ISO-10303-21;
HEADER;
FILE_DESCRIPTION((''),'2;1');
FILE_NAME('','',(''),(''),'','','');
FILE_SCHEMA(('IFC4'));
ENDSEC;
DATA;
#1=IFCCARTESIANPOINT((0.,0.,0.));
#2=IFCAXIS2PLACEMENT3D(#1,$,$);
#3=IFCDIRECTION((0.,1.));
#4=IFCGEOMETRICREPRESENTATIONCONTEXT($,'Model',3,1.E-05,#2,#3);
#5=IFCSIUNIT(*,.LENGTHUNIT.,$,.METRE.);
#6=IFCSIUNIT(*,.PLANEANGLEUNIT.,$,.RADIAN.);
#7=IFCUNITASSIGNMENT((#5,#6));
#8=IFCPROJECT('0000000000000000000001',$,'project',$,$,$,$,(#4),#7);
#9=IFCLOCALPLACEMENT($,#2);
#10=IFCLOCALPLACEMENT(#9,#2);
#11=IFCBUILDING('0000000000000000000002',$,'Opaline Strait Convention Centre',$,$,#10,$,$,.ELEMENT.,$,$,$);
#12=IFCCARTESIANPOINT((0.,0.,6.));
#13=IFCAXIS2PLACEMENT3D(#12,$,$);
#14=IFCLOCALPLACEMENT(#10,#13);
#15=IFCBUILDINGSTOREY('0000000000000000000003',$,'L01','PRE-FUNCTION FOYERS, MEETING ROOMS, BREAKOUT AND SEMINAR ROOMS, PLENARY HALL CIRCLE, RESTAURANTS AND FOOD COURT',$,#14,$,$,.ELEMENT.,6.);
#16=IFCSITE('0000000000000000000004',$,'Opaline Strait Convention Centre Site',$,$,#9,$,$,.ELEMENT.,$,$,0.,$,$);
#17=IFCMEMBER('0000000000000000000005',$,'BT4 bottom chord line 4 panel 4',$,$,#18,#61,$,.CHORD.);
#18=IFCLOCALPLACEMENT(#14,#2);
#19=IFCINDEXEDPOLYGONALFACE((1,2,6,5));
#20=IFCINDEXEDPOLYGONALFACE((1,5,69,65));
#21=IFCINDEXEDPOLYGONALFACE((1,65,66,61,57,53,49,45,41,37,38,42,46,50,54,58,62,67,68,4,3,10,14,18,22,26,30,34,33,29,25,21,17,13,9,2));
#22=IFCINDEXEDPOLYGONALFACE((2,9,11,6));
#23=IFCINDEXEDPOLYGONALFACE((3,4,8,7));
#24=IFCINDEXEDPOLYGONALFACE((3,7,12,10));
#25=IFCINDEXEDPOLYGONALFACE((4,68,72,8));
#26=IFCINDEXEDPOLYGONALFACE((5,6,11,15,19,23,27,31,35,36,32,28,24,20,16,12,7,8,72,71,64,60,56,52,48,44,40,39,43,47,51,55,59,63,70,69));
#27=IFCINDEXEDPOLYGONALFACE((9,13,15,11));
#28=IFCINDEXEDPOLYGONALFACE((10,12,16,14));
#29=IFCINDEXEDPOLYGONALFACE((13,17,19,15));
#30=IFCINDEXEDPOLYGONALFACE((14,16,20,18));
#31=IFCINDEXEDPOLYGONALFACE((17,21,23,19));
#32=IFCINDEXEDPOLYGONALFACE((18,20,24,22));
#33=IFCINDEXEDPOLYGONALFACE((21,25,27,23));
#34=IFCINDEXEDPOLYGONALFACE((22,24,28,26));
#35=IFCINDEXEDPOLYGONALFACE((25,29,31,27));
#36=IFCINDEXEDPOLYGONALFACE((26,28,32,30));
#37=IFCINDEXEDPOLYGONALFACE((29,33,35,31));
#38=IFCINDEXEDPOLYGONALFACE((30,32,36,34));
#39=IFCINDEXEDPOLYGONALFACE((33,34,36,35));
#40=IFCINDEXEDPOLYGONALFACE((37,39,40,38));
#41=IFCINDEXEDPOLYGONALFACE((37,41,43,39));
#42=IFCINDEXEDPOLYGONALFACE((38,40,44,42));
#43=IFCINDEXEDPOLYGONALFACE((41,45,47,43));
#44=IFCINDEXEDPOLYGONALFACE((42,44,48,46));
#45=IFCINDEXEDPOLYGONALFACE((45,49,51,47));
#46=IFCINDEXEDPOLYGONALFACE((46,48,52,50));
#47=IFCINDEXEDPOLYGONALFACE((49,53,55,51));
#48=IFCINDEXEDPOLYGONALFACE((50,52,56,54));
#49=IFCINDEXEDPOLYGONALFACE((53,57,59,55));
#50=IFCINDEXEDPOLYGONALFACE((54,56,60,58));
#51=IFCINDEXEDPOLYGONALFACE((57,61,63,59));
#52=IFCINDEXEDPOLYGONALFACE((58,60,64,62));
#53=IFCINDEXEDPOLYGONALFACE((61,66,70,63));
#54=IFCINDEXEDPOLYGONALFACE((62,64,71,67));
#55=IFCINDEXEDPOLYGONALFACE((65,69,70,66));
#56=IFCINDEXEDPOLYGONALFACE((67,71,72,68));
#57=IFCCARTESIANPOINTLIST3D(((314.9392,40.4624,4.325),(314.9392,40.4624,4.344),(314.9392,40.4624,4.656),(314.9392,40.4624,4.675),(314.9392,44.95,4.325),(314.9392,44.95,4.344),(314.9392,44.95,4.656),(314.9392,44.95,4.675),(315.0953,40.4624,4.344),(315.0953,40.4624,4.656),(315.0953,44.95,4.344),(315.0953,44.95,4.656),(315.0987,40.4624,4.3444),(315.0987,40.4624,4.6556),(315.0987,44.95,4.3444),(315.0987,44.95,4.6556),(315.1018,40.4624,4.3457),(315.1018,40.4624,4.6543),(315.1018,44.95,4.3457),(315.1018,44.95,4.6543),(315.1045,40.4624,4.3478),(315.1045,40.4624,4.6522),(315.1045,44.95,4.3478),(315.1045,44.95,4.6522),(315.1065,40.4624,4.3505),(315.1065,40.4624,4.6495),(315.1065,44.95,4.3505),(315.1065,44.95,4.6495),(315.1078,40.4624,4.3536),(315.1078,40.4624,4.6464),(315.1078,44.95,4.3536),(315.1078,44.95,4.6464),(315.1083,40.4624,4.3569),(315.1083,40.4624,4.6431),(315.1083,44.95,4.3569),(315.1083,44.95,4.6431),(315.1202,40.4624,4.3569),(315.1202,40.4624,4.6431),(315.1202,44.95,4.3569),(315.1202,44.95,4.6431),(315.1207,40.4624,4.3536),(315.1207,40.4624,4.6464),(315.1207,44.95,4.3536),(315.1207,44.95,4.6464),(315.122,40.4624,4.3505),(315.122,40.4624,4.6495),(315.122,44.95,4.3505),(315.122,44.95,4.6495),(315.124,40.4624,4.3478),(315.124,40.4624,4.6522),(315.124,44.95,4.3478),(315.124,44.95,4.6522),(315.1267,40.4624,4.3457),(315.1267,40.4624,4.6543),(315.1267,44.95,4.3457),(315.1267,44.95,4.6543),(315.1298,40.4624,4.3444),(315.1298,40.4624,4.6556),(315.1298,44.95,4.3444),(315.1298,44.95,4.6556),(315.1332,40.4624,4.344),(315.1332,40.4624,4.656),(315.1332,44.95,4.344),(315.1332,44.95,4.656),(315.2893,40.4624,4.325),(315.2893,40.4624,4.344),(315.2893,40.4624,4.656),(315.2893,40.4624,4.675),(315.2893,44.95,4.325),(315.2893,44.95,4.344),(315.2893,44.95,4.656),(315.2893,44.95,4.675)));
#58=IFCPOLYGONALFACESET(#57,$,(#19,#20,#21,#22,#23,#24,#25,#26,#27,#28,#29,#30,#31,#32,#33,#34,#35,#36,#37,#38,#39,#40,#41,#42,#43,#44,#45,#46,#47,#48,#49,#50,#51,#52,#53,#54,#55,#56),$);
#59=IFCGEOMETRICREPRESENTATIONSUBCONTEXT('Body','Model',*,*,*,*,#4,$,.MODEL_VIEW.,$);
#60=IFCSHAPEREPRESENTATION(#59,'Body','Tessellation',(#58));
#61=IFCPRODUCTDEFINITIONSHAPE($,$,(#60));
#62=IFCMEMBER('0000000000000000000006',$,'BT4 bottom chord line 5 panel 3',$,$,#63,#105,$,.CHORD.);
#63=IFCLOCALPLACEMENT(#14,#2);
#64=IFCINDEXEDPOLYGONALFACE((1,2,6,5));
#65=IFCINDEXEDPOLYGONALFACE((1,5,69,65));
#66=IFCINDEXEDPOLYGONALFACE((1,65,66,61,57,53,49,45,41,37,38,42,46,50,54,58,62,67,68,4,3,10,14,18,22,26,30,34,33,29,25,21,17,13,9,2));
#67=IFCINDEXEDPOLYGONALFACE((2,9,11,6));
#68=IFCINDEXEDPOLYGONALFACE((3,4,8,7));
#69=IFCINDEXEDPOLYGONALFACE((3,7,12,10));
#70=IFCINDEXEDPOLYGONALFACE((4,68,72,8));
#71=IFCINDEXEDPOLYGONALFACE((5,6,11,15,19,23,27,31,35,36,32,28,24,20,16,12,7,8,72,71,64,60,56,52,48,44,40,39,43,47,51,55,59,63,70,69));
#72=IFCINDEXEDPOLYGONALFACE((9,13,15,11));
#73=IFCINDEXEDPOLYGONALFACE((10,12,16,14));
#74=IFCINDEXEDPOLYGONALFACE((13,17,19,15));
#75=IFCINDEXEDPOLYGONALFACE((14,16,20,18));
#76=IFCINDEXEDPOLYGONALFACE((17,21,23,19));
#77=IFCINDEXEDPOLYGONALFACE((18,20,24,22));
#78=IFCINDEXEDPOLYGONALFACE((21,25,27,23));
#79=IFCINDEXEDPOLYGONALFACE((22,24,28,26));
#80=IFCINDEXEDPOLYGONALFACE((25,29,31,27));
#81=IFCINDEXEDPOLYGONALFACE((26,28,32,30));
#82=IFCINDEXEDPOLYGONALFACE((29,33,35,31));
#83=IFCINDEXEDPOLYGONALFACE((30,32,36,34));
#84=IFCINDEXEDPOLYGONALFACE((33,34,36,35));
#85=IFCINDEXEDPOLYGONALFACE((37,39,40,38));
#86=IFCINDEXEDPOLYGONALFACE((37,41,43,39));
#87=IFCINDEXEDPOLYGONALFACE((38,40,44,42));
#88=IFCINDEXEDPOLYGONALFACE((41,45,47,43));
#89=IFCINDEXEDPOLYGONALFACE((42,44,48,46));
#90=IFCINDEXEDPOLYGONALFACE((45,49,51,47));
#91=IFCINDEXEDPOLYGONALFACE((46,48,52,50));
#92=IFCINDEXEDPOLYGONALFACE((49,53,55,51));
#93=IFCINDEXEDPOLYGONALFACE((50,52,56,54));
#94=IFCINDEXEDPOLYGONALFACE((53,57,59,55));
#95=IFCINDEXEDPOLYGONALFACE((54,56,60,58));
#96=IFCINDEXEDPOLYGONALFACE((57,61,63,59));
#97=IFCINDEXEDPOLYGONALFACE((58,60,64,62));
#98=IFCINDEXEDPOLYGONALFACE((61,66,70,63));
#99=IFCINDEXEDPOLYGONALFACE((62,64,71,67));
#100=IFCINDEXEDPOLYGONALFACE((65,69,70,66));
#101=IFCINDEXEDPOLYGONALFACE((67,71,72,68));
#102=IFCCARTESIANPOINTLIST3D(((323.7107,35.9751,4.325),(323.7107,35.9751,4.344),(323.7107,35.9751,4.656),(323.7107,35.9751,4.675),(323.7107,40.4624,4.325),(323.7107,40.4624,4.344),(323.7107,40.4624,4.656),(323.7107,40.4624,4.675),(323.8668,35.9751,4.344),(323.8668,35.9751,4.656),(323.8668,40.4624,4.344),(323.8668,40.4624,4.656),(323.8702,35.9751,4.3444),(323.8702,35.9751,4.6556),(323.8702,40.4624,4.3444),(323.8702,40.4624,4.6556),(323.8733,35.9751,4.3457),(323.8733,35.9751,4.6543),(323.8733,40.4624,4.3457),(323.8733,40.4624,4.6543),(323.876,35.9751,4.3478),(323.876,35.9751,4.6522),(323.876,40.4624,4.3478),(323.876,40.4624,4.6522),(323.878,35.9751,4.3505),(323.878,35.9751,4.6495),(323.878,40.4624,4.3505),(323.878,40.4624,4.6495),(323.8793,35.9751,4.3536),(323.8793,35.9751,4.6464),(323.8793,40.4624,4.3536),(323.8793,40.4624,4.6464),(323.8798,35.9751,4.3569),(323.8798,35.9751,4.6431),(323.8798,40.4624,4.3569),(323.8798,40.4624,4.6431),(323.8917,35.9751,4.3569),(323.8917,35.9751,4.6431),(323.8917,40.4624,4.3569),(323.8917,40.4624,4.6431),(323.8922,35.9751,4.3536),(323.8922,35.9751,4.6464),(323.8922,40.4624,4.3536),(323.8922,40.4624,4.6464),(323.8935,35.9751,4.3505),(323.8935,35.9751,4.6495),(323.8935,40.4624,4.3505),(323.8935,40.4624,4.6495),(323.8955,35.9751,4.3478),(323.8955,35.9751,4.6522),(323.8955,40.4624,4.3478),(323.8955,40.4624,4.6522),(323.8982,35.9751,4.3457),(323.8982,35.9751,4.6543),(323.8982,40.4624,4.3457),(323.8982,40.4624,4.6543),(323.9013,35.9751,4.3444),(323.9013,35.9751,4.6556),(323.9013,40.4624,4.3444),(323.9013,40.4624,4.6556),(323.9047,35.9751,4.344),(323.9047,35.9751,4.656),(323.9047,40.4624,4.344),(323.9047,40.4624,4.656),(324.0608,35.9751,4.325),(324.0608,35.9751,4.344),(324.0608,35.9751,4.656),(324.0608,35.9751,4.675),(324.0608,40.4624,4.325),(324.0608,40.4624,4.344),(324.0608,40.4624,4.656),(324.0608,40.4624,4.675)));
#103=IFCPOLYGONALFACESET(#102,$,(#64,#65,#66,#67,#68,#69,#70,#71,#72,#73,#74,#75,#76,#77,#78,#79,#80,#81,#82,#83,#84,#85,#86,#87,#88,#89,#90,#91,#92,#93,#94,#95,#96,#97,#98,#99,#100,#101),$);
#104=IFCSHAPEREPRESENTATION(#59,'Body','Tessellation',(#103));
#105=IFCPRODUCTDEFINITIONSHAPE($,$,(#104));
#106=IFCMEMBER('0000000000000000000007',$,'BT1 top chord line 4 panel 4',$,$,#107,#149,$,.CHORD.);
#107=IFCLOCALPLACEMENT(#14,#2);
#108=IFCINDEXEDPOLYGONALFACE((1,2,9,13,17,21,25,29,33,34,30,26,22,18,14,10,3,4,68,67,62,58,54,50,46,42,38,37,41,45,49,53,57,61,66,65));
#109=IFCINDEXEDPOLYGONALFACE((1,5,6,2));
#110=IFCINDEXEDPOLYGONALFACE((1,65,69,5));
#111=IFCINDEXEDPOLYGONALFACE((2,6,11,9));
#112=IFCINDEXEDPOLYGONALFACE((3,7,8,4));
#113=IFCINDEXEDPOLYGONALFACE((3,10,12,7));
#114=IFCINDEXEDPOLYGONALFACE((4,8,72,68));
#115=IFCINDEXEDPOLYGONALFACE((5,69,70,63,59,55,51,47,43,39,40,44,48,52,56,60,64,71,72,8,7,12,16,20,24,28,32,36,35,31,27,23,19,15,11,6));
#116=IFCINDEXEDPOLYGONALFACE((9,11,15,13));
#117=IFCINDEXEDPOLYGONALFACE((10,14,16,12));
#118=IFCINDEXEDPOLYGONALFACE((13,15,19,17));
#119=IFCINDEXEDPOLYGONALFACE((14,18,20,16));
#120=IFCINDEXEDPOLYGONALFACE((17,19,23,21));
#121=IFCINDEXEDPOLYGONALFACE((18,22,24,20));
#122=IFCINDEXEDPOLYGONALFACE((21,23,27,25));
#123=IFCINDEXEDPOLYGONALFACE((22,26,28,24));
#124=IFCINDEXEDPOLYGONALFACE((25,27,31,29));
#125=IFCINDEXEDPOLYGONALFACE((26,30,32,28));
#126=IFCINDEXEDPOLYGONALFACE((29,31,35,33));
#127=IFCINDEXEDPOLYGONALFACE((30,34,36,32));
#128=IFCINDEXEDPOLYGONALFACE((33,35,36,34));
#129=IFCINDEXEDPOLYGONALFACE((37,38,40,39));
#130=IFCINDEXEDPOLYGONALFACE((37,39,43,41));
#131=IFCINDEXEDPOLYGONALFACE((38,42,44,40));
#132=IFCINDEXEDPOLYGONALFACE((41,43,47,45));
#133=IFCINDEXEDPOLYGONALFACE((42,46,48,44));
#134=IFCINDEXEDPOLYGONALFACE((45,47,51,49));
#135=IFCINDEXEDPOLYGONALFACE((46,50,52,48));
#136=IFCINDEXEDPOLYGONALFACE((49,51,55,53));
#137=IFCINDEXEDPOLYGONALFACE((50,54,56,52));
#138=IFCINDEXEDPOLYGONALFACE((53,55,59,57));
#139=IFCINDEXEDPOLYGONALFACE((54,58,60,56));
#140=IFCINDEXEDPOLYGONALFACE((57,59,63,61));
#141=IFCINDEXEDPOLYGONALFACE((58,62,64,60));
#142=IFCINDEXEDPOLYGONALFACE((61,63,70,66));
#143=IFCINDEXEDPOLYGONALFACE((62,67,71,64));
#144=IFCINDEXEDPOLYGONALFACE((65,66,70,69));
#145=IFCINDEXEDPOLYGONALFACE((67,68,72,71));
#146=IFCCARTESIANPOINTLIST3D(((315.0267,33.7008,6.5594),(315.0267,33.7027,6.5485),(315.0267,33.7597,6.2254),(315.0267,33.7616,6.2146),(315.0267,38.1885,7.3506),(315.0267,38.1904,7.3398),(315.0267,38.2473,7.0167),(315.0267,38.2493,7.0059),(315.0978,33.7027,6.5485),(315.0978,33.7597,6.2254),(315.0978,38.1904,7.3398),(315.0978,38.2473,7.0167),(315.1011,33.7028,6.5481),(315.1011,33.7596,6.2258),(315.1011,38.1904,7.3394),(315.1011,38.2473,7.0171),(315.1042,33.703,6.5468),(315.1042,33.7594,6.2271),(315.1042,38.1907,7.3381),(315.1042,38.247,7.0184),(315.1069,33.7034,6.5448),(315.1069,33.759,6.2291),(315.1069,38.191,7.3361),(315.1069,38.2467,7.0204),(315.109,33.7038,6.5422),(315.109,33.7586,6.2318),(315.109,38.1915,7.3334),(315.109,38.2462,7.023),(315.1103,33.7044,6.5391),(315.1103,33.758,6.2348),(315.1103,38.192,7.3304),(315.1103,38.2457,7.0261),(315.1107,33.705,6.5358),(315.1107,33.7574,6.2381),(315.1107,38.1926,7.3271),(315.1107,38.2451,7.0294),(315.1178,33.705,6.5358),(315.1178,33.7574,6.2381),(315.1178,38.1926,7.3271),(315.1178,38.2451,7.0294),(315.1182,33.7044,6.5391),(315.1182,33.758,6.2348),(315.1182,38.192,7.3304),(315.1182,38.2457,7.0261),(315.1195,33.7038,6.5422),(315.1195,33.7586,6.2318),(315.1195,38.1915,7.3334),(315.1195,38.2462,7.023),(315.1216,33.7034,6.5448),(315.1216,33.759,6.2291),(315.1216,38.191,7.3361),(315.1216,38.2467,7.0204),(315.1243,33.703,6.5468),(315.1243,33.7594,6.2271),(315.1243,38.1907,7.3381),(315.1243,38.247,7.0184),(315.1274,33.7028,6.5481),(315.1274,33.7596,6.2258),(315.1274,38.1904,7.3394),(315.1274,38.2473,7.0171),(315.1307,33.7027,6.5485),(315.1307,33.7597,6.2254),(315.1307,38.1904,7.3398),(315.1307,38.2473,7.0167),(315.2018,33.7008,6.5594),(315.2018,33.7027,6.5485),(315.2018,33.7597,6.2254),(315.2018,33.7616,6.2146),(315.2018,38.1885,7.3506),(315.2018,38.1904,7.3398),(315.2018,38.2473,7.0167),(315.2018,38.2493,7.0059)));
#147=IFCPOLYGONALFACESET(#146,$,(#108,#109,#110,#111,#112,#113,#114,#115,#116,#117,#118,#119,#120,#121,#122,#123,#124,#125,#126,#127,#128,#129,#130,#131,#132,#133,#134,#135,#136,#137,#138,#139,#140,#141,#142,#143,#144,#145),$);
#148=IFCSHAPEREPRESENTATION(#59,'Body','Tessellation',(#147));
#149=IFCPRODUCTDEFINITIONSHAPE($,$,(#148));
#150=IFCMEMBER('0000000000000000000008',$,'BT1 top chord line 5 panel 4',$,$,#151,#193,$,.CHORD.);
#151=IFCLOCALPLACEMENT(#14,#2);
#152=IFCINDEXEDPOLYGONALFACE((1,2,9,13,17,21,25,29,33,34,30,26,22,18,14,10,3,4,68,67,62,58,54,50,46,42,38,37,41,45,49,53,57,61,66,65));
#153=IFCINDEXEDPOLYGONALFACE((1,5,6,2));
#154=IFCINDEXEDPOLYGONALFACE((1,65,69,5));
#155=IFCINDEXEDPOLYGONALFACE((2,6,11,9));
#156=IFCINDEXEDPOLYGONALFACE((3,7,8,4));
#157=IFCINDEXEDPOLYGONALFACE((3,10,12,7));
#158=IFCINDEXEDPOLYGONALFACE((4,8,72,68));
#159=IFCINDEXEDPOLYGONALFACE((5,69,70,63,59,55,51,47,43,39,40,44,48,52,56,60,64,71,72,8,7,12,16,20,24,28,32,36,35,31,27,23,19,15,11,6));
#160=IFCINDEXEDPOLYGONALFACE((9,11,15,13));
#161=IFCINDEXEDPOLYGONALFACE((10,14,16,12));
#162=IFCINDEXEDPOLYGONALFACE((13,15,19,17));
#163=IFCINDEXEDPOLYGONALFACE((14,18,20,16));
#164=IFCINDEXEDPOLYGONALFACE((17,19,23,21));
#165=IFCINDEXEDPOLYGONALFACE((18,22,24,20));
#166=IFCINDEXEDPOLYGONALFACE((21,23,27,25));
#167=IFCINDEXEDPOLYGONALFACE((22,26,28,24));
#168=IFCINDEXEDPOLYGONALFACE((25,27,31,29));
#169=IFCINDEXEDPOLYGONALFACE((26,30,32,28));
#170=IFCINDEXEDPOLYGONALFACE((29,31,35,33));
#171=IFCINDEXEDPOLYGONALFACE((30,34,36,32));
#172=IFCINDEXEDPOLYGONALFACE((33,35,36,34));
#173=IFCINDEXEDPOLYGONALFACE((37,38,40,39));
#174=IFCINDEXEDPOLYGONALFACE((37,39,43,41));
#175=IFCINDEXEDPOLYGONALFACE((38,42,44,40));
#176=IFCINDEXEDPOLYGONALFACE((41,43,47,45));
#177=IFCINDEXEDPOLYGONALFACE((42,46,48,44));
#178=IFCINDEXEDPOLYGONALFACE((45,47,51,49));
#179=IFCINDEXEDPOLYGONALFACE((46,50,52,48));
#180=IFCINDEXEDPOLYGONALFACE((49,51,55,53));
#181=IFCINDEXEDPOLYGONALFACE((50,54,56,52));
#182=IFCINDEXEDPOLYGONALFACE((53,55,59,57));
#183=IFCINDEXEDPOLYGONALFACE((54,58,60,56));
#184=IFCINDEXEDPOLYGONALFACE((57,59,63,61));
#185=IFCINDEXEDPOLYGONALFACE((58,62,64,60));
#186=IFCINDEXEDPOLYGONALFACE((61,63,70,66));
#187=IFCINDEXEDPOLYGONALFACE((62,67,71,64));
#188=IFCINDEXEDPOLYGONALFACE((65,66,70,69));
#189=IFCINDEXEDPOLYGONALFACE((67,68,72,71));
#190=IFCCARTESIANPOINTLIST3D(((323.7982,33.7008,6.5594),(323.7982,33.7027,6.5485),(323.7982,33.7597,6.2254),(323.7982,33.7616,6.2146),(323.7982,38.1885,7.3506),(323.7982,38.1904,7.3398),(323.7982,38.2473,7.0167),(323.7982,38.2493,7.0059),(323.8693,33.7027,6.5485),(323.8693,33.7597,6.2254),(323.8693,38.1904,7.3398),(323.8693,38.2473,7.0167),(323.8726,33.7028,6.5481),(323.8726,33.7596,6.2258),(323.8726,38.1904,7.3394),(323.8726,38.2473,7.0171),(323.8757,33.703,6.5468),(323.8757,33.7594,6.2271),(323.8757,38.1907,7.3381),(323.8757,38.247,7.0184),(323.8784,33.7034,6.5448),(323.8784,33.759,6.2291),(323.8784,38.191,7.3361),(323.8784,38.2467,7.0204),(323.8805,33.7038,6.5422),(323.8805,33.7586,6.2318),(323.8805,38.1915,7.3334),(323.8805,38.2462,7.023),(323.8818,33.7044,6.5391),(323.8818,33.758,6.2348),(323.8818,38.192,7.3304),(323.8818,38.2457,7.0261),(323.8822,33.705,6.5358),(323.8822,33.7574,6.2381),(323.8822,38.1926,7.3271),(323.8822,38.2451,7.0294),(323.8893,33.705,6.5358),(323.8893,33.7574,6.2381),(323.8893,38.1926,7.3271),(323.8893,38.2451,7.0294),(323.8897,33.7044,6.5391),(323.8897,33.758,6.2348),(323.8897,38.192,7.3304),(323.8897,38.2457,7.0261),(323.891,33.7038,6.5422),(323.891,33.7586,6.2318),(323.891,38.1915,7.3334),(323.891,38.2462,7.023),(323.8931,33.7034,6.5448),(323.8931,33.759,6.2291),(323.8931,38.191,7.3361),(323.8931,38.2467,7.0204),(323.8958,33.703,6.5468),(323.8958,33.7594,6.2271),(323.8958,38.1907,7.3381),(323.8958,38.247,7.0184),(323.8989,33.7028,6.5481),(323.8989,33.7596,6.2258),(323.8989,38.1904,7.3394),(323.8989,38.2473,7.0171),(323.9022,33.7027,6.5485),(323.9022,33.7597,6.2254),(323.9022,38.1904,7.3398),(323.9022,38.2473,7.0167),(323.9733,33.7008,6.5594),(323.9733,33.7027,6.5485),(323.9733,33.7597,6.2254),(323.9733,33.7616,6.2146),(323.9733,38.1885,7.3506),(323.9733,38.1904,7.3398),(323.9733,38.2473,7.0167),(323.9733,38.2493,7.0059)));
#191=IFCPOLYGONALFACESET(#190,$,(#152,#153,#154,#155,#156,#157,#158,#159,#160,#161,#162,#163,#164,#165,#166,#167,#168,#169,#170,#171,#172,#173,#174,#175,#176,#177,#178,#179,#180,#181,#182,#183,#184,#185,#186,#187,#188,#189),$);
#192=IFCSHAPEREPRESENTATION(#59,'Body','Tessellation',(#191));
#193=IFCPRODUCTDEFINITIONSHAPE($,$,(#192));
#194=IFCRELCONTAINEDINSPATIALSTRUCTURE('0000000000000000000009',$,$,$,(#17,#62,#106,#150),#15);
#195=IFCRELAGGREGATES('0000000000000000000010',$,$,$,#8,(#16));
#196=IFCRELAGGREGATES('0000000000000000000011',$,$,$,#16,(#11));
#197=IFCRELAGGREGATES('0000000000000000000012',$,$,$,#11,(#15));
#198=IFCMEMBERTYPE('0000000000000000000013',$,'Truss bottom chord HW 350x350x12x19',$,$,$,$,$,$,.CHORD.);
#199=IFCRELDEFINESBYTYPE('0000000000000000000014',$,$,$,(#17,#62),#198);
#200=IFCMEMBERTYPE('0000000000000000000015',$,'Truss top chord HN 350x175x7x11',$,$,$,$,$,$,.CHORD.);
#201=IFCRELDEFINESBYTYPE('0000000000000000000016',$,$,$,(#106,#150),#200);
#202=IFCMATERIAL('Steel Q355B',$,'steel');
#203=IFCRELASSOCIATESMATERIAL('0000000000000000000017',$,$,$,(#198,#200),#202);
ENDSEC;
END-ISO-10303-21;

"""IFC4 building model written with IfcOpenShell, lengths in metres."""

from ifc_helpers import new_model, si_unit, direction, frame, origin, origin_2d, place, context, subcontext, project, spatial, i_section, extrude, material, material_profile, profile_set, type_object, element, save


model = new_model("IFC4")

# Units and contexts
model_context = context("Model", 3, precision=1e-05, world=origin(), true_north=direction((0.0, 1.0)))
body_context = subcontext(model_context, "Body", "Model", "MODEL_VIEW")
ifc_project = project(units=[si_unit("LENGTHUNIT", "METRE"), si_unit("PLANEANGLEUNIT", "RADIAN")], contexts=[model_context])

# Site, building, storey
site_placement = place(None, origin())
site = spatial("IfcSite", under=ifc_project, at=site_placement, Name="Opaline Strait Convention Centre Site", CompositionType="ELEMENT", RefElevation=0.0)
building_placement = place(site_placement, origin())
building = spatial("IfcBuilding", under=site, at=building_placement, Name="Opaline Strait Convention Centre", CompositionType="ELEMENT")
storey_placement = place(building_placement, frame((0.0, 0.0, 6.0)))
storey = spatial("IfcBuildingStorey", under=building, at=storey_placement, Name="L01", Description="PRE-FUNCTION FOYERS, MEETING ROOMS, BREAKOUT AND SEMINAR ROOMS, PLENARY HALL CIRCLE, RESTAURANTS AND FOOD COURT", CompositionType="ELEMENT", Elevation=6.0)

# Members
ifc_material_1 = material(Name="Steel Q355B", Category="steel")
ifc_material_profile_1 = material_profile(ifc_material_1, i_section(OverallWidth=0.3501, OverallDepth=0.3501, WebThickness=0.012, FlangeThickness=0.019, FilletRadius=0.0129, at=origin_2d()), Name="HW 350x350x12x19")
ifc_profile_set_1 = profile_set([ifc_material_profile_1], Name="Steel Q355B")
member_type_1 = type_object("IfcMemberType", Name="Truss bottom chord HW 350x350x12x19", PredefinedType="CHORD", material=ifc_profile_set_1)
member_1_placement = place(storey_placement, frame((315.1143, 40.4624, 4.5), z_axis=(0.0, 1.0, 0.0), x_axis=(-1.0, 0.0, 0.0)))
element("IfcMember", 1, at=member_1_placement, inside=storey, type_object=member_type_1, Name="BT4 bottom chord line 4 panel 4", PredefinedType="CHORD", context=body_context, shape_type="SweptSolid", body=[
    extrude(i_section(OverallWidth=0.3501, OverallDepth=0.3501, WebThickness=0.012, FlangeThickness=0.019, FilletRadius=0.0129, at=origin_2d()), origin(), (0.0, 0.0, 1.0), 4.4875),
])
member_2_placement = place(storey_placement, frame((323.8857, 35.9751, 4.5), z_axis=(0.0, 1.0, 0.0), x_axis=(-1.0, 0.0, 0.0)))
element("IfcMember", 2, at=member_2_placement, inside=storey, type_object=member_type_1, Name="BT4 bottom chord line 5 panel 3", PredefinedType="CHORD", context=body_context, shape_type="SweptSolid", body=[
    extrude(i_section(OverallWidth=0.3501, OverallDepth=0.3501, WebThickness=0.012, FlangeThickness=0.019, FilletRadius=0.0129, at=origin_2d()), origin(), (0.0, 0.0, 1.0), 4.4873),
])
ifc_material_profile_2 = material_profile(ifc_material_1, i_section(OverallWidth=0.175, OverallDepth=0.3501, WebThickness=0.0071, FlangeThickness=0.011, FilletRadius=0.0129, at=origin_2d()), Name="HN 350x175x7x11")
ifc_profile_set_2 = profile_set([ifc_material_profile_2], Name="Steel Q355B")
member_type_2 = type_object("IfcMemberType", Name="Truss top chord HN 350x175x7x11", PredefinedType="CHORD", material=ifc_profile_set_2)
for number, where, z_axis, x_axis, name in (
    (3, (315.1143, 33.7312, 6.387), (0.0, 0.984808, 0.173645), (-1.0, 0.0, 0.0), "BT1 top chord line 4 panel 4"),
    (4, (323.8857, 33.7312, 6.387), (0.0, 0.984808, 0.173645), (-1.0, 0.0, 0.0), "BT1 top chord line 5 panel 4"),
):
    element("IfcMember", number, at=place(storey_placement, frame(where, z_axis=z_axis, x_axis=x_axis)), inside=storey, type_object=member_type_2, Name=name, PredefinedType="CHORD", context=body_context, shape_type="SweptSolid", body=[
        extrude(i_section(OverallWidth=0.175, OverallDepth=0.3501, WebThickness=0.0071, FlangeThickness=0.011, FilletRadius=0.0129, at=origin_2d()), origin(), (0.0, 0.0, 1.0), 4.5569),
    ])

save(model, "model.ifc")
